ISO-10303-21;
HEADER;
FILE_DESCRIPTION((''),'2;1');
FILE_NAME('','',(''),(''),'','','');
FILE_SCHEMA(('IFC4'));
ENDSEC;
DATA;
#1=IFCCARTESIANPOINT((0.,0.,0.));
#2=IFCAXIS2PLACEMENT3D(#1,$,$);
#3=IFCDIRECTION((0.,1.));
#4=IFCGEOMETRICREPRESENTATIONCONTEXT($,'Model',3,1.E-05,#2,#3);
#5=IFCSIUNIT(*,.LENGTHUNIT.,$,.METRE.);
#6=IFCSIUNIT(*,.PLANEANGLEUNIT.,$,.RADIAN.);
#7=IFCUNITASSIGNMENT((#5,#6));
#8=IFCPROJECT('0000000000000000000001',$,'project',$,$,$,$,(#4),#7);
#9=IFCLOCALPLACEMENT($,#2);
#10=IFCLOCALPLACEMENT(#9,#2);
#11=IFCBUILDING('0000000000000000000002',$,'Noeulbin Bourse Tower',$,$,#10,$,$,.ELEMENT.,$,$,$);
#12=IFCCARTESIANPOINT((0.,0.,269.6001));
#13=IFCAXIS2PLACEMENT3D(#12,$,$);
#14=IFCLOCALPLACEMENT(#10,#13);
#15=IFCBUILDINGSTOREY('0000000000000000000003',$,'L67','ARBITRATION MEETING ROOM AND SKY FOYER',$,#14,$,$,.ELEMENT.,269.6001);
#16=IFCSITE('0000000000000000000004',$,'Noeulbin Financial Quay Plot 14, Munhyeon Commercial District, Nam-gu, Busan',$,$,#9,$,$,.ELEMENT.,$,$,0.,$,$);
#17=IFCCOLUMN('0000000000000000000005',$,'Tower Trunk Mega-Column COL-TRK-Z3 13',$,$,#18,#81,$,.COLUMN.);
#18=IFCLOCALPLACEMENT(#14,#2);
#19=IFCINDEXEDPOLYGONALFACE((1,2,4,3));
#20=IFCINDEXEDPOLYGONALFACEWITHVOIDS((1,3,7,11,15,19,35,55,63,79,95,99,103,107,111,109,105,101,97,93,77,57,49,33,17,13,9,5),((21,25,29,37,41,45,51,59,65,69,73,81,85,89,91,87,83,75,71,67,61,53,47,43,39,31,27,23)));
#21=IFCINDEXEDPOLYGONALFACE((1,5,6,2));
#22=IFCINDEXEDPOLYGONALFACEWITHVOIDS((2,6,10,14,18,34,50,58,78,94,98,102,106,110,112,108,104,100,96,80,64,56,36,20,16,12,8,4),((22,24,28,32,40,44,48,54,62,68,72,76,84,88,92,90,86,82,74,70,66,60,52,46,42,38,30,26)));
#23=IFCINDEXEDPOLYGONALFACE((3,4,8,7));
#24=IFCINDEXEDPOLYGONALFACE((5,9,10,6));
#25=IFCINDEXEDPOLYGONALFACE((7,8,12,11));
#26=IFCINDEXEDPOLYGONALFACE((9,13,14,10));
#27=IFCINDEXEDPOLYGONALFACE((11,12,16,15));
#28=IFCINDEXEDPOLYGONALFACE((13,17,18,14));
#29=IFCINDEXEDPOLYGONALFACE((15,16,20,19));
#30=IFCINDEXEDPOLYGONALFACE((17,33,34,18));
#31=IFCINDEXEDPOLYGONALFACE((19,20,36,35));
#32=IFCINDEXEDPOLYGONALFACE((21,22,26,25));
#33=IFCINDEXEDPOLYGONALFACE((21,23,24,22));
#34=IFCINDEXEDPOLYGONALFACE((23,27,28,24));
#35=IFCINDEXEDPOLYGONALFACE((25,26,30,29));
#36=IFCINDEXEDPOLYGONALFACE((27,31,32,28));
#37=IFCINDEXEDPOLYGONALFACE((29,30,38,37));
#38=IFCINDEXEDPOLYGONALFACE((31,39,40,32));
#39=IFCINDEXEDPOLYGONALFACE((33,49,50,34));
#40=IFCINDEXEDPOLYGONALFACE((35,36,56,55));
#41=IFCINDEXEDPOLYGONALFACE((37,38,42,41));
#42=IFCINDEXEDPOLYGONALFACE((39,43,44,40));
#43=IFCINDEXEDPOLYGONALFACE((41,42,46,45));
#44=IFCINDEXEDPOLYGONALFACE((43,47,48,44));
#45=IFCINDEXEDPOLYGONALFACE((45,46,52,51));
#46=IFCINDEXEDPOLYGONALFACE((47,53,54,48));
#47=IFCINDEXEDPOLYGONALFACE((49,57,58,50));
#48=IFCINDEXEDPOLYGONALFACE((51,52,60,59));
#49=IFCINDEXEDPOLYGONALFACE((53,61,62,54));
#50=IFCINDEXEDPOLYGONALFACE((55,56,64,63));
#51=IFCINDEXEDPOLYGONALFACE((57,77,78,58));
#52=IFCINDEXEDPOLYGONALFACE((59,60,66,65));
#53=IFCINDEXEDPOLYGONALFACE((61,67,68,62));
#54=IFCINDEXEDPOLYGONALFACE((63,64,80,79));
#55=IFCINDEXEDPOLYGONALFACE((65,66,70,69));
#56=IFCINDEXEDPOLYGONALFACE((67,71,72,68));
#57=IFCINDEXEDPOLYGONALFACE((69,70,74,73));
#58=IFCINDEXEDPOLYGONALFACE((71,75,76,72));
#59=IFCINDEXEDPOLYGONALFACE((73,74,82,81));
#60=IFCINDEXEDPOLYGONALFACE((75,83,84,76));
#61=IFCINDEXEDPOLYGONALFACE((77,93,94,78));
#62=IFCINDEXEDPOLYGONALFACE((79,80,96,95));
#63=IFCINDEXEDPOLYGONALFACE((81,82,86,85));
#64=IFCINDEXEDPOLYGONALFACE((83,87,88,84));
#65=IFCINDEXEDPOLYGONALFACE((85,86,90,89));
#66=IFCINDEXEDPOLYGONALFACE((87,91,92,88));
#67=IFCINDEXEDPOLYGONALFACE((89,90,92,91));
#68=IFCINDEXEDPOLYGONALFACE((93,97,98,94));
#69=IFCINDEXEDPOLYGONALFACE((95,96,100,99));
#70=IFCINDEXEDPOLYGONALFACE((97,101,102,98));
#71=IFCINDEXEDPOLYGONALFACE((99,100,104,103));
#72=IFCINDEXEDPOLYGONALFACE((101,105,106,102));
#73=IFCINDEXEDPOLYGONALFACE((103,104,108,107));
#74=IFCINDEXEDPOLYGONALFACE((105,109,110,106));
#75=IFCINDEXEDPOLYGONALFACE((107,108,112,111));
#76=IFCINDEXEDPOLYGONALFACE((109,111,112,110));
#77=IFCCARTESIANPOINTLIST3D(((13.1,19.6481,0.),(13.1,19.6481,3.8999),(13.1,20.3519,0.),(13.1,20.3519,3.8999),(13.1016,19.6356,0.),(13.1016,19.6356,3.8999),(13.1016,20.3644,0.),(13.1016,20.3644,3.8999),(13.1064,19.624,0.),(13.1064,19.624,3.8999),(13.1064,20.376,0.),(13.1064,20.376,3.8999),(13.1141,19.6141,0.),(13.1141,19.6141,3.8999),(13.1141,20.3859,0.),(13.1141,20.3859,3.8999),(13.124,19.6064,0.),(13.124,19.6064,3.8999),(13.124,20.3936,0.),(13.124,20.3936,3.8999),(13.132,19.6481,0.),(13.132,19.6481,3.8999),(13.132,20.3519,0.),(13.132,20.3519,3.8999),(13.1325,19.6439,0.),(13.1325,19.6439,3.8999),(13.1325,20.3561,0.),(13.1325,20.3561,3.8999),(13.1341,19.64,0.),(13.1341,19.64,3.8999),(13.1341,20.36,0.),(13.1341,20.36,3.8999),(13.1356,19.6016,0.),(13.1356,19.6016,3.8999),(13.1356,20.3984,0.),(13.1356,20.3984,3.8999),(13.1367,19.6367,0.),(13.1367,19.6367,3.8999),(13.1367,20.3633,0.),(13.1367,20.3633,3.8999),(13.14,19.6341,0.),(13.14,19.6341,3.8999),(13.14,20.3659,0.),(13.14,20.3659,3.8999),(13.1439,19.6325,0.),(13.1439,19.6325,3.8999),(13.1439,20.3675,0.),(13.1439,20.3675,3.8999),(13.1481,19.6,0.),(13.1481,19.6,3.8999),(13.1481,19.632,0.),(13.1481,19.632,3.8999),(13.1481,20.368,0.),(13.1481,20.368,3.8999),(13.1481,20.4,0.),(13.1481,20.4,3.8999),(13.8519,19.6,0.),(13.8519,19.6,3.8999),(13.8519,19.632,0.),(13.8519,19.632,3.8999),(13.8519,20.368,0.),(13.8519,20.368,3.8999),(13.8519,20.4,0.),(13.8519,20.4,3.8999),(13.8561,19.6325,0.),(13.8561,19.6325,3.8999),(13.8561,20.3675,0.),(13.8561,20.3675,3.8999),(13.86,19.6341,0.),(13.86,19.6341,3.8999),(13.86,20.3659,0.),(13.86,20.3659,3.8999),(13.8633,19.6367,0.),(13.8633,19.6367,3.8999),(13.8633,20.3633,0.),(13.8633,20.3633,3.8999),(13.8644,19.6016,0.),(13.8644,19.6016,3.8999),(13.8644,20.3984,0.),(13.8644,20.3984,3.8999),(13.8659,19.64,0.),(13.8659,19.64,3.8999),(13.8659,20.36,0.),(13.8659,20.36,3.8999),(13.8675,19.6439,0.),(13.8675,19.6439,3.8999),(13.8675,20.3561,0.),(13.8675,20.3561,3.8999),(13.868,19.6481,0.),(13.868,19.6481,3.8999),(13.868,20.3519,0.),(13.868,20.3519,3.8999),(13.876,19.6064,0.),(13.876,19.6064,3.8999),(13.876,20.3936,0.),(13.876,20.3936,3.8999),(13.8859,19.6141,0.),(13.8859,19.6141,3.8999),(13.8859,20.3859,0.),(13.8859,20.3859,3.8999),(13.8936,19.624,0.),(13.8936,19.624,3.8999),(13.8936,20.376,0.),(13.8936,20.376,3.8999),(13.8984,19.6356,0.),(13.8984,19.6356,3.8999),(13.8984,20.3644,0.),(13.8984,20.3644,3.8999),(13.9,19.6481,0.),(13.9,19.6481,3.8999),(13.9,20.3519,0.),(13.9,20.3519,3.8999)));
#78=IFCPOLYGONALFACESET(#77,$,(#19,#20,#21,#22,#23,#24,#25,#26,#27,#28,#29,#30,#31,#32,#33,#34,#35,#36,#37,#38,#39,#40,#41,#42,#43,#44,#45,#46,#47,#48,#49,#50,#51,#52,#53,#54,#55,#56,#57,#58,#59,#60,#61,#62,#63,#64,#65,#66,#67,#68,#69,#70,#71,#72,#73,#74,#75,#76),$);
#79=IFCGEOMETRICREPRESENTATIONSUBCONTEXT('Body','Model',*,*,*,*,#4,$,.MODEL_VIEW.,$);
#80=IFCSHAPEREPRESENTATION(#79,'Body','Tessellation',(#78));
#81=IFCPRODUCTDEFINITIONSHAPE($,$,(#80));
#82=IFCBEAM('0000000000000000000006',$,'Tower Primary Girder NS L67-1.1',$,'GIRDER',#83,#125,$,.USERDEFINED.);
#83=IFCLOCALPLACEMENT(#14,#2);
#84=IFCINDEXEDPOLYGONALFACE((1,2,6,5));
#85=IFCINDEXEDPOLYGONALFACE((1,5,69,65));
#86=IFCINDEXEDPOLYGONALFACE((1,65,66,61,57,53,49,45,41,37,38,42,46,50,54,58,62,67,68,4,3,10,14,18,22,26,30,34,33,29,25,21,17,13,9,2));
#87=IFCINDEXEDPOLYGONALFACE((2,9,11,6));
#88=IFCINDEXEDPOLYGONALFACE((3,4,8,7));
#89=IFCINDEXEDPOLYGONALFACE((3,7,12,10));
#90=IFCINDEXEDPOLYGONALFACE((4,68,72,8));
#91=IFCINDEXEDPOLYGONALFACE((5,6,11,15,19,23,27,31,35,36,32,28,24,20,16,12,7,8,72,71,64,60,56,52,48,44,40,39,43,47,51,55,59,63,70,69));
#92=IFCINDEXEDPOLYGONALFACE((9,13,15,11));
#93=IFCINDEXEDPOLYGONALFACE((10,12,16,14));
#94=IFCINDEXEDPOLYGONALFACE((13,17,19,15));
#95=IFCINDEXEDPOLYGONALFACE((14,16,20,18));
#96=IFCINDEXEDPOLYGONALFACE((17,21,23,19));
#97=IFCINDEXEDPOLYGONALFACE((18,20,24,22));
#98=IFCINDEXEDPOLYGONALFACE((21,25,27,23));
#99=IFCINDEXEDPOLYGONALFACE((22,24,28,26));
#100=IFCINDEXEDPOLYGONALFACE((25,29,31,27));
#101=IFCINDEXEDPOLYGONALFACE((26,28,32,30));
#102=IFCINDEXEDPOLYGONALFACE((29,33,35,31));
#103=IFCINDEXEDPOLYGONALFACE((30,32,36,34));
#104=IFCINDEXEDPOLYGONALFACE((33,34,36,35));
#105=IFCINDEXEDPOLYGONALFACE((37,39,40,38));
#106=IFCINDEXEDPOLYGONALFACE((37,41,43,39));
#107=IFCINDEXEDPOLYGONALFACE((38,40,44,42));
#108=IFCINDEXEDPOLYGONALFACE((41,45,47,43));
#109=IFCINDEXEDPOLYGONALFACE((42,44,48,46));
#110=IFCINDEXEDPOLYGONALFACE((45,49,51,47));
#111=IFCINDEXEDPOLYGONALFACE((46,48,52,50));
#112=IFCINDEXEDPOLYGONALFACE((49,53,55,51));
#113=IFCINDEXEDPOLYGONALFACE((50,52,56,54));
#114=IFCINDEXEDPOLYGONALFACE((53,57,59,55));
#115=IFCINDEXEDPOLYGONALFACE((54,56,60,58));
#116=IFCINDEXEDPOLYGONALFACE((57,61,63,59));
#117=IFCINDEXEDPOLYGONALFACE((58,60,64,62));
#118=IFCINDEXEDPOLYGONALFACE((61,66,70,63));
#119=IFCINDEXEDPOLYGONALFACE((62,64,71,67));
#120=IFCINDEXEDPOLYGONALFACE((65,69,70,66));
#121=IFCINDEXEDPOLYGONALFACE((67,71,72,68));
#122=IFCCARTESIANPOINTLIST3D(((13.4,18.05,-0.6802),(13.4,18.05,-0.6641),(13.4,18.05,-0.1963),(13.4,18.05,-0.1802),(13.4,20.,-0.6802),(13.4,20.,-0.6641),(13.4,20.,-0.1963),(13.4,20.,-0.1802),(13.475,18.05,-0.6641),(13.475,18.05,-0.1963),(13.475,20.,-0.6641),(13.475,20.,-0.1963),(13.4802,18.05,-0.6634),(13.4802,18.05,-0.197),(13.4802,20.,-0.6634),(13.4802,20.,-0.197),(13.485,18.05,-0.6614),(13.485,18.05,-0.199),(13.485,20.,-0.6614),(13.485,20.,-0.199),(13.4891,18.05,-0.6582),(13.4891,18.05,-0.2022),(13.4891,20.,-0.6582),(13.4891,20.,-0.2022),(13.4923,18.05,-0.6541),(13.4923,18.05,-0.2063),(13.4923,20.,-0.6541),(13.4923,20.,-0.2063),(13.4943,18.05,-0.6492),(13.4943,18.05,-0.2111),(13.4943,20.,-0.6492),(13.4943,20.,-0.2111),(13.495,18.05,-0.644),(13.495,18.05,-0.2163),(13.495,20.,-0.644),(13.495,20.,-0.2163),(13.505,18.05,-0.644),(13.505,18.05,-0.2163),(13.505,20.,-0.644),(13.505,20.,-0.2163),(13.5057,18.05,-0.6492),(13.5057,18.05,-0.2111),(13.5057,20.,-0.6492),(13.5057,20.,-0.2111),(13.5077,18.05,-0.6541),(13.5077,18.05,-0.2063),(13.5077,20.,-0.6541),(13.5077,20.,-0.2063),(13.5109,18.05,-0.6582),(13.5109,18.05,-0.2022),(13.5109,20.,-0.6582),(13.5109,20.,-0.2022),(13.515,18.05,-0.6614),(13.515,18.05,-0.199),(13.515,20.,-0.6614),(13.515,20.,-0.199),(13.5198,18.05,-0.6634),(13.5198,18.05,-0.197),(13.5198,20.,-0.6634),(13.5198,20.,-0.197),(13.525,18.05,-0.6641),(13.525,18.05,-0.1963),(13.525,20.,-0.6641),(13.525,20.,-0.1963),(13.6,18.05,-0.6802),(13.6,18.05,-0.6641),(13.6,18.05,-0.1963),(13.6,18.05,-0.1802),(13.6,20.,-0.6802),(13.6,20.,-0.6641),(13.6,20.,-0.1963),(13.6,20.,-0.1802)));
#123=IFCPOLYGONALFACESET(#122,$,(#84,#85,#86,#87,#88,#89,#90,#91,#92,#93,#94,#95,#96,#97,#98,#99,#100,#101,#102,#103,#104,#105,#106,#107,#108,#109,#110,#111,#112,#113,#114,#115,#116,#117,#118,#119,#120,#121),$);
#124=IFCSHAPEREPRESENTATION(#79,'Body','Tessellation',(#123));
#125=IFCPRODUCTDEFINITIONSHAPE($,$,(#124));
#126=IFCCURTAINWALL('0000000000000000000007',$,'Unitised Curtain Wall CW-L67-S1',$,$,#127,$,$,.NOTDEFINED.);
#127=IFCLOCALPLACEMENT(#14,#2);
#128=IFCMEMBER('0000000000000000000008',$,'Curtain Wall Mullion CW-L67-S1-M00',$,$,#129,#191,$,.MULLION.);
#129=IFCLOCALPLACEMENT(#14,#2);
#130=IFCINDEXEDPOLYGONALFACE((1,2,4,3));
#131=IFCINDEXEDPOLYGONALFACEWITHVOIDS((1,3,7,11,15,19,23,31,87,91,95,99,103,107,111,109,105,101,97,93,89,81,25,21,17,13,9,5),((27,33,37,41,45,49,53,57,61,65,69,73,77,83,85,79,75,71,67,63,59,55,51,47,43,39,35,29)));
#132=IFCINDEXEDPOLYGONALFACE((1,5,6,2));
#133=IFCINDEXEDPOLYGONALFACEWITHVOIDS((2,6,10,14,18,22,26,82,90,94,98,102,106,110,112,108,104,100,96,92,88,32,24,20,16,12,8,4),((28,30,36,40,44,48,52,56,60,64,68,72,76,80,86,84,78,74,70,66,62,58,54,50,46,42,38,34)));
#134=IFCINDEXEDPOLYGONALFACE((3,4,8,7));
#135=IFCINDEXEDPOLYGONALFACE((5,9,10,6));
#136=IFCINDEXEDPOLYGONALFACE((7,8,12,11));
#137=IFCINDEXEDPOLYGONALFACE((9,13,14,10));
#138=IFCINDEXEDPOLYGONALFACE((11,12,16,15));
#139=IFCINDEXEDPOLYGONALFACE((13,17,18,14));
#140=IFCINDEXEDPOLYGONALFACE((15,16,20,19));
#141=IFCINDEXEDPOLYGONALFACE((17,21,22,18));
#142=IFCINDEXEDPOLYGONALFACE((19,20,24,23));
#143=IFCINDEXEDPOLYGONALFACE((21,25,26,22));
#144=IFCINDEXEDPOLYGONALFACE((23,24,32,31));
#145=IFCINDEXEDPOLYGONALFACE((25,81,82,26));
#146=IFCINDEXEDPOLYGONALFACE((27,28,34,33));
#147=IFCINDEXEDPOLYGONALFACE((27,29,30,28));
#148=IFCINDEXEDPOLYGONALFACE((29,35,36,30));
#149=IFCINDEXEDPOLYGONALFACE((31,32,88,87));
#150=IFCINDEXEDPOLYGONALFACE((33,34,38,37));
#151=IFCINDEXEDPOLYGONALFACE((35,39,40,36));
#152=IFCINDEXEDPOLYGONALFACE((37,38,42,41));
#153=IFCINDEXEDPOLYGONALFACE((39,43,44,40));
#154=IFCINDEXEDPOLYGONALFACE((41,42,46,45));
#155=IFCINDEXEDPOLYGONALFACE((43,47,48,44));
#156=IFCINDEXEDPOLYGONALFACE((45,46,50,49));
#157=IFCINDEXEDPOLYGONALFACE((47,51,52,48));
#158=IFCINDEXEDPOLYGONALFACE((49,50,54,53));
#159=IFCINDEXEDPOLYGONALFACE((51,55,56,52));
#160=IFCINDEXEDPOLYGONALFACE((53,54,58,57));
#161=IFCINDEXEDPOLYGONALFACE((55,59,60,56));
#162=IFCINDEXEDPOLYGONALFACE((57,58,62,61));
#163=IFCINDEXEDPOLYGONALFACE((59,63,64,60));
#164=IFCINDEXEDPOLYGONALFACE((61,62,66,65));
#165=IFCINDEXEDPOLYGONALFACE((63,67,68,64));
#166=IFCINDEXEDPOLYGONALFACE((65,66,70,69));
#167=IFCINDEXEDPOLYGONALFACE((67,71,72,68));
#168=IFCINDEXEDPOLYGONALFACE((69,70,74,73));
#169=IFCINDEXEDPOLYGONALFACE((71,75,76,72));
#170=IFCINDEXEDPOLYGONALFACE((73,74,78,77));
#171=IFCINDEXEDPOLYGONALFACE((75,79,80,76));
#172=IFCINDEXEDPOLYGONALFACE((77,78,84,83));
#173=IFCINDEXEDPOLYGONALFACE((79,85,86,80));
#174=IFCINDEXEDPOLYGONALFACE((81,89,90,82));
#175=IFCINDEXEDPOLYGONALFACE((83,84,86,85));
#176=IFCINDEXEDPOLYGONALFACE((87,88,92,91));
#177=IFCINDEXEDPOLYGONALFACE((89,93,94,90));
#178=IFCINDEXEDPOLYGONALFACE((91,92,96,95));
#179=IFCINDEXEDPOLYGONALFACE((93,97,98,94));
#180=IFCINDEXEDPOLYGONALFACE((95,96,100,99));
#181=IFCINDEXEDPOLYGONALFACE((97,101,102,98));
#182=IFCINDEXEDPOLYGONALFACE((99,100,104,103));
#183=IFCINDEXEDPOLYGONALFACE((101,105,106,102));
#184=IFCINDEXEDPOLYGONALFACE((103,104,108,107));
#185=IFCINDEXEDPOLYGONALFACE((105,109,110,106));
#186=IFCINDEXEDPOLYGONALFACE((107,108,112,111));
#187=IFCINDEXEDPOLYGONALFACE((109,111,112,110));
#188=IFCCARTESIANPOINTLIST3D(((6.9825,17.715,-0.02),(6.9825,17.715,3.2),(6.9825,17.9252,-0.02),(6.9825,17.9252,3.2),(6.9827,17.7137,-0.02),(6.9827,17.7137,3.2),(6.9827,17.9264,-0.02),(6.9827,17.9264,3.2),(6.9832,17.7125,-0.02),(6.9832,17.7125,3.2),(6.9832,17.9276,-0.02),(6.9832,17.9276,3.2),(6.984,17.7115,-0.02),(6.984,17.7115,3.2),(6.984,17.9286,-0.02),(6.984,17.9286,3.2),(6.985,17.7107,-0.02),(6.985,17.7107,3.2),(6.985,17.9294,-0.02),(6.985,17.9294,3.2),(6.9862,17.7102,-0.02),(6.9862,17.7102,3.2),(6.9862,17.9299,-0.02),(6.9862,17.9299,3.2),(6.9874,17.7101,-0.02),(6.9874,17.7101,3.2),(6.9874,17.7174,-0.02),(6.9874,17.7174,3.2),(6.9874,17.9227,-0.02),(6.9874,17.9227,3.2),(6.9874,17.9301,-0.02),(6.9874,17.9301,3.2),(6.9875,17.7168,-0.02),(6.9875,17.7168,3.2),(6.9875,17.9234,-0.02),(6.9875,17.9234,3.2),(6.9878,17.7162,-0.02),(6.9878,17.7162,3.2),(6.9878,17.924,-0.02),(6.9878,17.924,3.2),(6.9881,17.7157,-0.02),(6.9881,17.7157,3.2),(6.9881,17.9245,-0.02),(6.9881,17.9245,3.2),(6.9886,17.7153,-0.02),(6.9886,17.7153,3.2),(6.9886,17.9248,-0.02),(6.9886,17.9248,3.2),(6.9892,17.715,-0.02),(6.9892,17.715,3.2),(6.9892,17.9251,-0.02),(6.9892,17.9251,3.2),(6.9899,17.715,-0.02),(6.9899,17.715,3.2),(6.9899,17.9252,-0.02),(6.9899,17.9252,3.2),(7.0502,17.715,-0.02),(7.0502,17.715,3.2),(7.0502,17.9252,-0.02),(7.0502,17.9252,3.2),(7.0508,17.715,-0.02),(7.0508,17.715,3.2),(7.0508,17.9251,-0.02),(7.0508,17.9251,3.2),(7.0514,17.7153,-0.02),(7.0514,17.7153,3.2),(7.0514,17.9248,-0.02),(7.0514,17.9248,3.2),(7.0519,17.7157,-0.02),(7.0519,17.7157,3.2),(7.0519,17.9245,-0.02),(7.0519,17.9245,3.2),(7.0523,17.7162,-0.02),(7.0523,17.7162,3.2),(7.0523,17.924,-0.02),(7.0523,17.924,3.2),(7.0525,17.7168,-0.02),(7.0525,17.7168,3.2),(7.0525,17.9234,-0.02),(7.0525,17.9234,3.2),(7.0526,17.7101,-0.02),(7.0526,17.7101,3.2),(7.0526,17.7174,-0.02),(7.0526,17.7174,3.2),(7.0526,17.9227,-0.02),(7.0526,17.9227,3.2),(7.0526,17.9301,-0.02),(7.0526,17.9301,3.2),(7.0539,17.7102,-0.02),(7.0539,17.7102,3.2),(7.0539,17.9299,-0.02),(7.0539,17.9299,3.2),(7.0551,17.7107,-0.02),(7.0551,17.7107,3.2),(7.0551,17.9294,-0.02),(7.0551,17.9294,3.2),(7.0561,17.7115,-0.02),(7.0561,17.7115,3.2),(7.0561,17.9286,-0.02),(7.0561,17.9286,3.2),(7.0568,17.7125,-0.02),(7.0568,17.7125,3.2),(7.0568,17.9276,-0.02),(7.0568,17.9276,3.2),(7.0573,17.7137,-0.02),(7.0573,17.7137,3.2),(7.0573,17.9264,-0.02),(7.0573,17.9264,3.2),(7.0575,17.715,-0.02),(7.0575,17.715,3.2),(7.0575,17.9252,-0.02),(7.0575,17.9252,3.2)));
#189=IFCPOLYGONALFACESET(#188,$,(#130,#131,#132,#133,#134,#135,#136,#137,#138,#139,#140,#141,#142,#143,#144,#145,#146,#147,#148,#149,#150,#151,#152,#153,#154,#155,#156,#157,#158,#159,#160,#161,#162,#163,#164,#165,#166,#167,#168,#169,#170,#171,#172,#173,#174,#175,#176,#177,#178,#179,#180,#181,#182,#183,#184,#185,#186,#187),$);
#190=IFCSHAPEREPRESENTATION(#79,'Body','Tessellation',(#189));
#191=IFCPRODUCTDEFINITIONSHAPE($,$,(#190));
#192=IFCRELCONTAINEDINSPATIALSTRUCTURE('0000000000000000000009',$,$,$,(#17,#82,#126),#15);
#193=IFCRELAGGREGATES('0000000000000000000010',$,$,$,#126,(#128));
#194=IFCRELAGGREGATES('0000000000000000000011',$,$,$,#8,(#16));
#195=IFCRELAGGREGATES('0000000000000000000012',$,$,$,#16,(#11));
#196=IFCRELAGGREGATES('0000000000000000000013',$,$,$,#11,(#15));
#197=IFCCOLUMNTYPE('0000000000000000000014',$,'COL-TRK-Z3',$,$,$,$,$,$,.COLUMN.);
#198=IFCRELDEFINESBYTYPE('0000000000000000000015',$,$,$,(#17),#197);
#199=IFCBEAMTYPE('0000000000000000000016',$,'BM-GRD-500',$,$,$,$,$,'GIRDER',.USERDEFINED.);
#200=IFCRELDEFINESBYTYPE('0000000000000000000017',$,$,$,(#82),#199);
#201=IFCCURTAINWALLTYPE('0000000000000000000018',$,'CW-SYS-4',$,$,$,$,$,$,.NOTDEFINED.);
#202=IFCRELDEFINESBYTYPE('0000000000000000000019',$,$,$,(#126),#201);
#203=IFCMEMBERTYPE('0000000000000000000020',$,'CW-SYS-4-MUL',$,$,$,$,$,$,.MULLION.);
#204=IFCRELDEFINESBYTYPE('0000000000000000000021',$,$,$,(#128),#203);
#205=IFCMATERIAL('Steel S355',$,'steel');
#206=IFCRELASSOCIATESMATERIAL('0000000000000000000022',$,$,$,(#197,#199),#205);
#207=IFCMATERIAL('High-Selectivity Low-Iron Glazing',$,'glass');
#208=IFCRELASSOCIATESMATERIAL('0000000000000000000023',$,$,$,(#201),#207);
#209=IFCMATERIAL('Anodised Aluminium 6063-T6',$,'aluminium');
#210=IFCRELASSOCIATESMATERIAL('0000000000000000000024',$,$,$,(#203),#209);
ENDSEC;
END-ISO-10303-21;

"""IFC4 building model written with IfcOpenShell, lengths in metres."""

from ifc_helpers import new_model, si_unit, direction, frame, origin, origin_2d, place, context, subcontext, project, spatial, hollow_rectangle, i_section, extrude, material, material_profile, profile_set, type_object, element, aggregate, save


model = new_model("IFC4")

# Units and contexts
model_context = context("Model", 3, precision=1e-05, world=origin(), true_north=direction((0.0, 1.0)))
body_context = subcontext(model_context, "Body", "Model", "MODEL_VIEW")
ifc_project = project(units=[si_unit("LENGTHUNIT", "METRE"), si_unit("PLANEANGLEUNIT", "RADIAN")], contexts=[model_context])

# Site, building, storey
site_placement = place(None, origin())
site = spatial("IfcSite", under=ifc_project, at=site_placement, Name="Noeulbin Financial Quay Plot 14, Munhyeon Commercial District, Nam-gu, Busan", CompositionType="ELEMENT", RefElevation=0.0)
building_placement = place(site_placement, origin())
building = spatial("IfcBuilding", under=site, at=building_placement, Name="Noeulbin Bourse Tower", CompositionType="ELEMENT")
storey_placement = place(building_placement, frame((0.0, 0.0, 269.6001)))
storey = spatial("IfcBuildingStorey", under=building, at=storey_placement, Name="L67", Description="ARBITRATION MEETING ROOM AND SKY FOYER", CompositionType="ELEMENT", Elevation=269.6001)

# Column
ifc_material_1 = material(Name="Steel S355", Category="steel")
ifc_material_profile_1 = material_profile(ifc_material_1, hollow_rectangle(XDim=0.8, YDim=0.8, WallThickness=0.032, InnerFilletRadius=0.0161, OuterFilletRadius=0.0481, at=origin_2d()), Name="BOX-800x800x32", Category="LoadBearing")
ifc_profile_set_1 = profile_set([ifc_material_profile_1], Name="Steel S355")
column_type = type_object("IfcColumnType", Name="COL-TRK-Z3", PredefinedType="COLUMN", material=ifc_profile_set_1)
column_placement = place(storey_placement, frame((13.5, 20.0, 0.0), z_axis=(0.0, 0.0, 1.0), x_axis=(1.0, 0.0, 0.0)))
element("IfcColumn", 1, at=column_placement, inside=storey, type_object=column_type, Name="Tower Trunk Mega-Column COL-TRK-Z3 13", PredefinedType="COLUMN", context=body_context, shape_type="SweptSolid", body=[
    extrude(hollow_rectangle(XDim=0.8, YDim=0.8, WallThickness=0.032, InnerFilletRadius=0.0161, OuterFilletRadius=0.0481, at=origin_2d()), origin(), (0.0, 0.0, 1.0), 3.8999),
])

# Beam
ifc_material_profile_2 = material_profile(ifc_material_1, i_section(OverallWidth=0.2, OverallDepth=0.5, WebThickness=0.01, FlangeThickness=0.0161, FilletRadius=0.02, at=origin_2d()), Name="H-500x200x10x16", Category="LoadBearing")
ifc_profile_set_2 = profile_set([ifc_material_profile_2], Name="Steel S355")
beam_type = type_object("IfcBeamType", Name="BM-GRD-500", ElementType="GIRDER", PredefinedType="USERDEFINED", material=ifc_profile_set_2)
beam_placement = place(storey_placement, frame((13.5, 18.05, -0.4302), z_axis=(0.0, 1.0, 0.0), x_axis=(-1.0, 0.0, 0.0)))
element("IfcBeam", 2, at=beam_placement, inside=storey, type_object=beam_type, Name="Tower Primary Girder NS L67-1.1", ObjectType="GIRDER", PredefinedType="USERDEFINED", context=body_context, shape_type="SweptSolid", body=[
    extrude(i_section(OverallWidth=0.2, OverallDepth=0.5, WebThickness=0.01, FlangeThickness=0.0161, FilletRadius=0.02, at=origin_2d()), origin(), (0.0, 0.0, 1.0), 1.95),
])

# Curtain wall, member
ifc_material_2 = material(Name="High-Selectivity Low-Iron Glazing", Category="glass")
curtain_wall_type = type_object("IfcCurtainWallType", Name="CW-SYS-4", PredefinedType="NOTDEFINED", material=ifc_material_2)
curtain_wall_placement = place(storey_placement, origin())
curtain_wall = element("IfcCurtainWall", 3, at=curtain_wall_placement, inside=storey, type_object=curtain_wall_type, Name="Unitised Curtain Wall CW-L67-S1", PredefinedType="NOTDEFINED")
ifc_material_3 = material(Name="Anodised Aluminium 6063-T6", Category="aluminium")
ifc_material_profile_3 = material_profile(ifc_material_3, hollow_rectangle(XDim=0.075, YDim=0.22, WallThickness=0.0049, InnerFilletRadius=0.0024, OuterFilletRadius=0.0049, at=origin_2d()), Name="ALU-MULL-75x220x5", Category="LoadBearing")
ifc_profile_set_3 = profile_set([ifc_material_profile_3], Name="Anodised Aluminium 6063-T6")
member_type_1 = type_object("IfcMemberType", Name="CW-SYS-4-MUL", PredefinedType="MULLION", material=ifc_profile_set_3)
member_1_placement = place(storey_placement, frame((7.02, 17.8201, -0.02), z_axis=(0.0, 0.0, 1.0), x_axis=(1.0, 0.0, 0.0)))
member_1 = element("IfcMember", 4, at=member_1_placement, type_object=member_type_1, Name="Curtain Wall Mullion CW-L67-S1-M00", PredefinedType="MULLION", context=body_context, shape_type="SweptSolid", body=[
    extrude(hollow_rectangle(XDim=0.075, YDim=0.22, WallThickness=0.0049, InnerFilletRadius=0.0024, OuterFilletRadius=0.0049, at=origin_2d()), origin(), (0.0, 0.0, 1.0), 3.22),
])
aggregate(curtain_wall, [member_1])

save(model, "model.ifc")
